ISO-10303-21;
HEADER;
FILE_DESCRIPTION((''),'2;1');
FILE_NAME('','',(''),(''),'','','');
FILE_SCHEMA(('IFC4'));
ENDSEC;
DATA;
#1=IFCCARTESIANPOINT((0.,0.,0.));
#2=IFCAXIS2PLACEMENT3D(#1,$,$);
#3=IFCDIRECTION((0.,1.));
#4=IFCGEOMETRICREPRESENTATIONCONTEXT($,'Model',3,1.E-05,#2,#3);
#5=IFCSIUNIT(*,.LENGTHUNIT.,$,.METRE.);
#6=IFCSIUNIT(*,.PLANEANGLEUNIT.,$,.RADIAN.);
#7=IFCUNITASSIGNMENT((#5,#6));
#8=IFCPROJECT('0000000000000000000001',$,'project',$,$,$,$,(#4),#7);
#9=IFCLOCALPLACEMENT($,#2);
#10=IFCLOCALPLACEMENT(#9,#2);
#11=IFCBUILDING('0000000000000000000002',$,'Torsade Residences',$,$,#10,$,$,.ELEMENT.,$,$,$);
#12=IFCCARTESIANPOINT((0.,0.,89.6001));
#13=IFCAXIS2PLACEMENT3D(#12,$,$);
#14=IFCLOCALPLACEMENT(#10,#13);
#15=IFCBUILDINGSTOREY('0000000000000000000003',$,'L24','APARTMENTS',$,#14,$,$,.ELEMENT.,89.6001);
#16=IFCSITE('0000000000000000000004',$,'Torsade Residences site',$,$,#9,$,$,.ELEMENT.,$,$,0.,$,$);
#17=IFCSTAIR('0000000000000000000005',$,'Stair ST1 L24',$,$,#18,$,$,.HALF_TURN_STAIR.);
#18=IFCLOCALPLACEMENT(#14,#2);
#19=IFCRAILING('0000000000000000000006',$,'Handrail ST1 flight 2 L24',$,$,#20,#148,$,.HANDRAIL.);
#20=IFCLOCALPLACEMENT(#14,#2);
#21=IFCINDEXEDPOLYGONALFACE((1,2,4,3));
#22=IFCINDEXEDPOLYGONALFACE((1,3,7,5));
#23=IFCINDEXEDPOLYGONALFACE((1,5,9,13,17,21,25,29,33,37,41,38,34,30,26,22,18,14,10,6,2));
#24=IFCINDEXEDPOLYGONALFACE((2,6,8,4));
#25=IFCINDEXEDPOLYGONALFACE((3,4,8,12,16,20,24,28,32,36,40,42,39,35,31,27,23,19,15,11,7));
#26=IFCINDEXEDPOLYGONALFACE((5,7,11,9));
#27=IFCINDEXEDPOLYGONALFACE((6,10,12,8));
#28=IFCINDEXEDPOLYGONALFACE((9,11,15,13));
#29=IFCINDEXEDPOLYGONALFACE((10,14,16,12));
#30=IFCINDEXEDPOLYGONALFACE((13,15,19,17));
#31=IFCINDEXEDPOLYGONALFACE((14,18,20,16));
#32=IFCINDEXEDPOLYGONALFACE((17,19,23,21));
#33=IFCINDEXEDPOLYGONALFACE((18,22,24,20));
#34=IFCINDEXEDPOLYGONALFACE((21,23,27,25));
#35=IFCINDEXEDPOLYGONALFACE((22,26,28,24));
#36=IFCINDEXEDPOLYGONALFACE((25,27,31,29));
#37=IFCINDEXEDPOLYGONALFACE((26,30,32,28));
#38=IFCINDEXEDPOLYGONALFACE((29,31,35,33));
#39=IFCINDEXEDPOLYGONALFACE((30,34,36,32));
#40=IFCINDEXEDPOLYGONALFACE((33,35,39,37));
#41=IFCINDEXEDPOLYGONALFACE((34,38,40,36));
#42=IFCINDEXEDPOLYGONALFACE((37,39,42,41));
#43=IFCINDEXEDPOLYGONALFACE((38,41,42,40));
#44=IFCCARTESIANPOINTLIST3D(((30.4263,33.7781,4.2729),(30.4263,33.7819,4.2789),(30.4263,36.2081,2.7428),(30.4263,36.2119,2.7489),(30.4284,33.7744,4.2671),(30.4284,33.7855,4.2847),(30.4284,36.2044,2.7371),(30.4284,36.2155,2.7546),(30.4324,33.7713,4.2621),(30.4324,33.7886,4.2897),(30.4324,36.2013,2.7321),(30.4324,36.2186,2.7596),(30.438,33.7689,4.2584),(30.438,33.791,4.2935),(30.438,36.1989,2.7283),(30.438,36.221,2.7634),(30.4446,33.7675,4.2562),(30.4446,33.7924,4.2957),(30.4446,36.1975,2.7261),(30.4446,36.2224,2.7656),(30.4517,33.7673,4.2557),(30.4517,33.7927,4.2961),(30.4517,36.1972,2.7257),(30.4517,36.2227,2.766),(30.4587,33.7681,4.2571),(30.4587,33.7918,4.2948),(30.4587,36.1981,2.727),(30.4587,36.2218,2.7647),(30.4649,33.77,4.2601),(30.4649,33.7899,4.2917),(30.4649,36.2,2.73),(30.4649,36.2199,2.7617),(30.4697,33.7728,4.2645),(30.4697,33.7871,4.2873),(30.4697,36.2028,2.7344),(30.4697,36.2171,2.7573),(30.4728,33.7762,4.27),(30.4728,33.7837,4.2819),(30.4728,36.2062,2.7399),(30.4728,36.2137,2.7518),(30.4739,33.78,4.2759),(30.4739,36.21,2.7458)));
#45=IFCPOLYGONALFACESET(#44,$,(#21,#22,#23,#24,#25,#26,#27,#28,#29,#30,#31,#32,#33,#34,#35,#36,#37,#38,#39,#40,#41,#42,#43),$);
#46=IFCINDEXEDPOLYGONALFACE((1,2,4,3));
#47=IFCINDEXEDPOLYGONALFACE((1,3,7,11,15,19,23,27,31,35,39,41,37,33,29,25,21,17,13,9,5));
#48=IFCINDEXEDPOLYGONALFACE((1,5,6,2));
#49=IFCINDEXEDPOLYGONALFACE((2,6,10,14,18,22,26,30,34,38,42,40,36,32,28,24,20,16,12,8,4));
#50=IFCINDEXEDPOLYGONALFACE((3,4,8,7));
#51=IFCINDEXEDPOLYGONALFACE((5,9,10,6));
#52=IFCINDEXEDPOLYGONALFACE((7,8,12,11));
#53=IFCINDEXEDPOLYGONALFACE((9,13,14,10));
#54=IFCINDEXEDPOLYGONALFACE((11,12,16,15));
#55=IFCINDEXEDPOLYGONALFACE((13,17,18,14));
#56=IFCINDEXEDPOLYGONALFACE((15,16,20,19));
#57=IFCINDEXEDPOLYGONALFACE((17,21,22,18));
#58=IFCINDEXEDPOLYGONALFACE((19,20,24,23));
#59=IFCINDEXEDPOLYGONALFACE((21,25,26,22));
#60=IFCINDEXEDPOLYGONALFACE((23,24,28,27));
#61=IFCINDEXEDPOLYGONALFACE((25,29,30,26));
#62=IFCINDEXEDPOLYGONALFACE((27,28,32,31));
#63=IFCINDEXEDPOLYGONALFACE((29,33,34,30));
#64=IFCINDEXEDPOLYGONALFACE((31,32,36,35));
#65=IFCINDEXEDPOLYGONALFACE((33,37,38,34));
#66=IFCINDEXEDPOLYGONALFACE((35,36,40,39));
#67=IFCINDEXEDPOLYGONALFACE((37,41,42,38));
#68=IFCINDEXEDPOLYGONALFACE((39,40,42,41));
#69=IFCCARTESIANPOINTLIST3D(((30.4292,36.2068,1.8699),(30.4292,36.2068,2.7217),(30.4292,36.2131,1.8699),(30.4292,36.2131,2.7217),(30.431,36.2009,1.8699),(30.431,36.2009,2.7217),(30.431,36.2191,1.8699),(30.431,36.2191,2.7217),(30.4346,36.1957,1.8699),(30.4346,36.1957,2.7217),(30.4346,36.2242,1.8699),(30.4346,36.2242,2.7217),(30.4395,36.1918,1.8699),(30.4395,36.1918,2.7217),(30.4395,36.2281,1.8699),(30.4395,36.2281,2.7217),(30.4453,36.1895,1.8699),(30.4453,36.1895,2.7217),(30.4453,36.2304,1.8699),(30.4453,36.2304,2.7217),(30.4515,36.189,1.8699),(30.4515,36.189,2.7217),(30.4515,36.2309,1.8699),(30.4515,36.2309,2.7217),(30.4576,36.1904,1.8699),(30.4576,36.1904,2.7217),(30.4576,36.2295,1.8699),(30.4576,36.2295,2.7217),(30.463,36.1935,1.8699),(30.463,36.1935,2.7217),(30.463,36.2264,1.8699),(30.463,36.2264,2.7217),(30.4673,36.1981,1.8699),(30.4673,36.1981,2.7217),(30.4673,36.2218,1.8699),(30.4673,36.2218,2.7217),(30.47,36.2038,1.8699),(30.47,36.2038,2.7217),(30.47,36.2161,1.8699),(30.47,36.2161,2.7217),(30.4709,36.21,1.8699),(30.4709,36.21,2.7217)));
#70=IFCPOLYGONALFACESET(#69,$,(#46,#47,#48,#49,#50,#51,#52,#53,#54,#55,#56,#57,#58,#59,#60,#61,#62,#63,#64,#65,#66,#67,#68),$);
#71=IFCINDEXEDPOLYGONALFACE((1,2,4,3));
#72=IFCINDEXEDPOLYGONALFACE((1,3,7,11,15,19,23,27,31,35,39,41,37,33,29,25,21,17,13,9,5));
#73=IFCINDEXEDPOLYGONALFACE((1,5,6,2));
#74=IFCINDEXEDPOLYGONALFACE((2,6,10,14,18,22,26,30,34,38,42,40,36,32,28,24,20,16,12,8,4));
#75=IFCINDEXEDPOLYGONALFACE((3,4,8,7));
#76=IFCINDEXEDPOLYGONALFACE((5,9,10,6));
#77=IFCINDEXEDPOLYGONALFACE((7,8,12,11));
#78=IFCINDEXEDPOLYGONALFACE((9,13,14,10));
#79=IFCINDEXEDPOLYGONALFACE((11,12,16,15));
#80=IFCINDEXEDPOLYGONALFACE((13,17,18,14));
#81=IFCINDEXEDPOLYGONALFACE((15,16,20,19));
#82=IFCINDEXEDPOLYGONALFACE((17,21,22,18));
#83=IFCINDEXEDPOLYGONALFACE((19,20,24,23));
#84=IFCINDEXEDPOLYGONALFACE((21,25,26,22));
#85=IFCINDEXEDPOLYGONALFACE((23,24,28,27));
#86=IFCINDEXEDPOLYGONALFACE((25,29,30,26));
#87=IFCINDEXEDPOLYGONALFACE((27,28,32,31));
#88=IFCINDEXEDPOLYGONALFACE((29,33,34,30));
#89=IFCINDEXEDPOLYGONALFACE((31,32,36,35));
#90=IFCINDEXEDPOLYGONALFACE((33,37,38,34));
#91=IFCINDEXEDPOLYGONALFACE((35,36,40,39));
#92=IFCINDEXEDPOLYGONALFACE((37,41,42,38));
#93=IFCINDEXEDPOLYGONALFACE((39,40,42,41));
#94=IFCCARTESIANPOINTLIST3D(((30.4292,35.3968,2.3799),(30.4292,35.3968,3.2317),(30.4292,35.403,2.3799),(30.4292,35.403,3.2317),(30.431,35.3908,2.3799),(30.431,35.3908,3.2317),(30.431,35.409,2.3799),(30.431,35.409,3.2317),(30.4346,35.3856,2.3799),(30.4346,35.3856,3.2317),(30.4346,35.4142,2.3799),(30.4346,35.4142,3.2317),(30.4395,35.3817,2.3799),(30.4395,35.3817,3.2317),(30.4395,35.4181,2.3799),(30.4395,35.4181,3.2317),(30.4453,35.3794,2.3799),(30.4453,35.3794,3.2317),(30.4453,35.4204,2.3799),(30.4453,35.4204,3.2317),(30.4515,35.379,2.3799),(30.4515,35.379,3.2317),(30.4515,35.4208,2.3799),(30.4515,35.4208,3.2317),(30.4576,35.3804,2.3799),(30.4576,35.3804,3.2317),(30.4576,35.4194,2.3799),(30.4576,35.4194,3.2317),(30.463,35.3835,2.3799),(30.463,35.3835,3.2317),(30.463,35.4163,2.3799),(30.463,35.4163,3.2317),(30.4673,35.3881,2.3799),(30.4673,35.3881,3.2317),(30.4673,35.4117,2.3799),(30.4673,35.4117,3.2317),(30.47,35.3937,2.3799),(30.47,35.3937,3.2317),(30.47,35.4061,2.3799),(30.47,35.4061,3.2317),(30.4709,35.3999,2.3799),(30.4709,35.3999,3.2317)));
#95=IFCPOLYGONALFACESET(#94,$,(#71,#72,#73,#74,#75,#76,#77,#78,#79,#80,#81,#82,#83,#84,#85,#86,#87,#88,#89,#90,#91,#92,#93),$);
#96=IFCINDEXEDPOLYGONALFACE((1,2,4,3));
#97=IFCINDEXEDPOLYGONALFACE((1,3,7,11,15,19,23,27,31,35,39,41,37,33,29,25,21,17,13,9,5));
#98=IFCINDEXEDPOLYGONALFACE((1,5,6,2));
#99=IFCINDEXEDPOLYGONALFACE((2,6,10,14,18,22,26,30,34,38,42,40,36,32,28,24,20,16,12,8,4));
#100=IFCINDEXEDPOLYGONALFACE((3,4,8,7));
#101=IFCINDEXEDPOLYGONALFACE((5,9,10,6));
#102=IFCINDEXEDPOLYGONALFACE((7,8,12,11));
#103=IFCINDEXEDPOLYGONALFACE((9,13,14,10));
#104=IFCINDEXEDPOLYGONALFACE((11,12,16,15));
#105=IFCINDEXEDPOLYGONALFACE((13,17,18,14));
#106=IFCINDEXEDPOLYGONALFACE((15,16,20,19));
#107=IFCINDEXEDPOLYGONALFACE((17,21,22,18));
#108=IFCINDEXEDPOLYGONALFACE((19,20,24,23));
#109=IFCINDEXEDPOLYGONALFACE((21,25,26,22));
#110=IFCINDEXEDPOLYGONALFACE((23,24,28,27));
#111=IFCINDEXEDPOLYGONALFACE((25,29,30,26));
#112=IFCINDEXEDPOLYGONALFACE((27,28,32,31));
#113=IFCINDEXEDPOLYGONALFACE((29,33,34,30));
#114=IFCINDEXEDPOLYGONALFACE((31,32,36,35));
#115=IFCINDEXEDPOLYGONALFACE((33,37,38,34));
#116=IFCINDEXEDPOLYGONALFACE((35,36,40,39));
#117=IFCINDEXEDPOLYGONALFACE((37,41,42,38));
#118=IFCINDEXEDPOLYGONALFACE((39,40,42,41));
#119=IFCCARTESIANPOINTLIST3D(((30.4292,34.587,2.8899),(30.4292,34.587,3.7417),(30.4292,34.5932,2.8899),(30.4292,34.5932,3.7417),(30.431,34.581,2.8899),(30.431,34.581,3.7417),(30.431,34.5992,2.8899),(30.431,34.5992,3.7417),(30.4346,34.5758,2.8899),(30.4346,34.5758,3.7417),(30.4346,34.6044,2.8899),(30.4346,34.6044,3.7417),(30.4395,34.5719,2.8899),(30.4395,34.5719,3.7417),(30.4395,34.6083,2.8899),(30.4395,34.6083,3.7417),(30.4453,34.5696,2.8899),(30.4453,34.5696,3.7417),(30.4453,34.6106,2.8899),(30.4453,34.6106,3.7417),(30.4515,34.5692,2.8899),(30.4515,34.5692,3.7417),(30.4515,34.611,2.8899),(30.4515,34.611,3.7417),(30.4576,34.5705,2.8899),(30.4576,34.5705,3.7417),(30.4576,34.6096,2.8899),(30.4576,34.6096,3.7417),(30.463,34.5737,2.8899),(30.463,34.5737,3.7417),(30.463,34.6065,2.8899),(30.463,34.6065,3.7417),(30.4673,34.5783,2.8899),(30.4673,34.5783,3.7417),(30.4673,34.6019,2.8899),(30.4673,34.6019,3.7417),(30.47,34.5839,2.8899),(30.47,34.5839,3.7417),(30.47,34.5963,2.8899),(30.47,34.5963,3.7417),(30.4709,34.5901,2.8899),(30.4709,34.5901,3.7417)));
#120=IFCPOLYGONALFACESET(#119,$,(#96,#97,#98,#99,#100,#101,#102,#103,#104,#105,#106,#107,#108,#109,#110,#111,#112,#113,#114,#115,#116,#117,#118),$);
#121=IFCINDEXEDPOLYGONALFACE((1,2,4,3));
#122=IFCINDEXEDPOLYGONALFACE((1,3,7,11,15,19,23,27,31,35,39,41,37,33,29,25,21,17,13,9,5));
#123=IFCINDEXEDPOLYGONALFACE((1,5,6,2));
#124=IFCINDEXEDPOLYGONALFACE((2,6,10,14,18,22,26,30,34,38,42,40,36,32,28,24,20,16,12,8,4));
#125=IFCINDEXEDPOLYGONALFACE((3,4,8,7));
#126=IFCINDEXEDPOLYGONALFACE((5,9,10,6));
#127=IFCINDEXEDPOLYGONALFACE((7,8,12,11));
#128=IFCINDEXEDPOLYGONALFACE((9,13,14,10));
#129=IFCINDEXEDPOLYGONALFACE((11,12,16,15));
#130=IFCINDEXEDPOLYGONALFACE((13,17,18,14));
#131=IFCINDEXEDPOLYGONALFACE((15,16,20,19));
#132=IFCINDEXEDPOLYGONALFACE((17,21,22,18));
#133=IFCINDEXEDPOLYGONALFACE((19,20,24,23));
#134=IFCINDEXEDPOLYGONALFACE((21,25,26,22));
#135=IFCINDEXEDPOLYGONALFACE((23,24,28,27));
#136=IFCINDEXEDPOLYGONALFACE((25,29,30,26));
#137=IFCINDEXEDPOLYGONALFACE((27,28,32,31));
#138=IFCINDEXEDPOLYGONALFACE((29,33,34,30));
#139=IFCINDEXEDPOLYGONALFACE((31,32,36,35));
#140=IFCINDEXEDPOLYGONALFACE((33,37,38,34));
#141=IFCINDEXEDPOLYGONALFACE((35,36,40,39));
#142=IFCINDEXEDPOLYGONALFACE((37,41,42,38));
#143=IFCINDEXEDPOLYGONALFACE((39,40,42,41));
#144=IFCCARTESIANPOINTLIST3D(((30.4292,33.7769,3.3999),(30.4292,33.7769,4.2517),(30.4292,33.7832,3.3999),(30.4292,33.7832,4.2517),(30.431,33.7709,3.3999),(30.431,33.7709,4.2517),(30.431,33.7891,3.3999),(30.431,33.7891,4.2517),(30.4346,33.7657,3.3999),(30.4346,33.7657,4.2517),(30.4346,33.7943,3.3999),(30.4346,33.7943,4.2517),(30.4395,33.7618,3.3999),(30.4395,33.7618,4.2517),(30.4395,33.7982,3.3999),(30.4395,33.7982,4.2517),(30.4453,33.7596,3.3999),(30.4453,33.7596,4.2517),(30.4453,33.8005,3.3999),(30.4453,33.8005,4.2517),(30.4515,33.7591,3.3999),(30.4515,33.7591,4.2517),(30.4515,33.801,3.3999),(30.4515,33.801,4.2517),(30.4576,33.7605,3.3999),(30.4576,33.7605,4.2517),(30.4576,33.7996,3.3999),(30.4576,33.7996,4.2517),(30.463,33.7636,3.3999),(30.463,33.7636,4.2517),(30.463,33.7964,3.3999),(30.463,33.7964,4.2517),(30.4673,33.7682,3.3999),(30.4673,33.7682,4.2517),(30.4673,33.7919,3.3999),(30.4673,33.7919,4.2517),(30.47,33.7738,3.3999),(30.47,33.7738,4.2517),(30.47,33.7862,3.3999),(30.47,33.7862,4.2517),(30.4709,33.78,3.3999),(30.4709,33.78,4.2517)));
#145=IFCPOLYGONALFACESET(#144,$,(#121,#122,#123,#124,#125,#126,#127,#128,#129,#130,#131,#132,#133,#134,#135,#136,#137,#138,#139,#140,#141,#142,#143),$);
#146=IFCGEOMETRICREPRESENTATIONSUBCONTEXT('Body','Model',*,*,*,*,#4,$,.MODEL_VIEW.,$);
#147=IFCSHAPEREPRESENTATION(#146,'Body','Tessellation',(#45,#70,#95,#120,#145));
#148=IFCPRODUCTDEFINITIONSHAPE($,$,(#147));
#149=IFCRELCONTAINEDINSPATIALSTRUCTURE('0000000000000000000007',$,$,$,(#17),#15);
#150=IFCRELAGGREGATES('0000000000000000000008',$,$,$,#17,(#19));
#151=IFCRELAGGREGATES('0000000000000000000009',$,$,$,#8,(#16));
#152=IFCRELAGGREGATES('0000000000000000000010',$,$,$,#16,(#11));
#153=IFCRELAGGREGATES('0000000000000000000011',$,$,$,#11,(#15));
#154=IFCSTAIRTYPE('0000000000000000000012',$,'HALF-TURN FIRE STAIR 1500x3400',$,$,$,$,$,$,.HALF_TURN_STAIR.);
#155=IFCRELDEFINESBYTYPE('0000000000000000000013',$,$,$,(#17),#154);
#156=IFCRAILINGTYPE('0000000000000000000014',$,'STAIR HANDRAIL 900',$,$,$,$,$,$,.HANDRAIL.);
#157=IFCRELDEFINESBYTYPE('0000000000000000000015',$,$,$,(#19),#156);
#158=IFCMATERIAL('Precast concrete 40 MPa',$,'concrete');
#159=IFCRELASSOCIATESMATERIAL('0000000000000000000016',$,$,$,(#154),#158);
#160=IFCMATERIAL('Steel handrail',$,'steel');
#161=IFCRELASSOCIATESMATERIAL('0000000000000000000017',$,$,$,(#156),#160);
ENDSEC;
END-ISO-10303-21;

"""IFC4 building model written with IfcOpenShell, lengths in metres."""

from ifc_helpers import new_model, si_unit, direction, frame, origin, origin_2d, place, context, subcontext, project, spatial, circle, extrude, material, type_object, element, aggregate, save


model = new_model("IFC4")

# Units and contexts
model_context = context("Model", 3, precision=1e-05, world=origin(), true_north=direction((0.0, 1.0)))
body_context = subcontext(model_context, "Body", "Model", "MODEL_VIEW")
ifc_project = project(units=[si_unit("LENGTHUNIT", "METRE"), si_unit("PLANEANGLEUNIT", "RADIAN")], contexts=[model_context])

# Site, building, storey
site_placement = place(None, origin())
site = spatial("IfcSite", under=ifc_project, at=site_placement, Name="Torsade Residences site", CompositionType="ELEMENT", RefElevation=0.0)
building_placement = place(site_placement, origin())
building = spatial("IfcBuilding", under=site, at=building_placement, Name="Torsade Residences", CompositionType="ELEMENT")
storey_placement = place(building_placement, frame((0.0, 0.0, 89.6001)))
storey = spatial("IfcBuildingStorey", under=building, at=storey_placement, Name="L24", Description="APARTMENTS", CompositionType="ELEMENT", Elevation=89.6001)

# Stair, railing
ifc_material_1 = material(Name="Precast concrete 40 MPa", Category="concrete")
stair_type = type_object("IfcStairType", Name="HALF-TURN FIRE STAIR 1500x3400", PredefinedType="HALF_TURN_STAIR", material=ifc_material_1)
stair_placement = place(storey_placement, origin())
stair = element("IfcStair", 1, at=stair_placement, inside=storey, type_object=stair_type, Name="Stair ST1 L24", PredefinedType="HALF_TURN_STAIR")
ifc_material_2 = material(Name="Steel handrail", Category="steel")
railing_type = type_object("IfcRailingType", Name="STAIR HANDRAIL 900", PredefinedType="HANDRAIL", material=ifc_material_2)
railing_1_placement = place(storey_placement, frame((30.45, 36.21, 1.8699)))
railing_1 = element("IfcRailing", 2, at=railing_1_placement, type_object=railing_type, Name="Handrail ST1 flight 2 L24", PredefinedType="HANDRAIL", context=body_context, shape_type="SweptSolid", body=[
    extrude(circle(Radius=0.0239, at=origin_2d()), frame((0.0, 0.0, 0.876), z_axis=(0.0, -0.846221, 0.532831), x_axis=(1.0, 0.0, 0.0)), (0.0, 0.0, 1.0), 2.8716),
    extrude(circle(Radius=0.021, at=origin_2d()), origin(), (0.0, 0.0, 1.0), 0.8518),
    extrude(circle(Radius=0.021, at=origin_2d()), frame((0.0, -0.8101, 0.51)), (0.0, 0.0, 1.0), 0.8518),
    extrude(circle(Radius=0.021, at=origin_2d()), frame((0.0, -1.6199, 1.02)), (0.0, 0.0, 1.0), 0.8518),
    extrude(circle(Radius=0.021, at=origin_2d()), frame((0.0, -2.4299, 1.53)), (0.0, 0.0, 1.0), 0.8518),
])
aggregate(stair, [railing_1])

save(model, "model.ifc")
